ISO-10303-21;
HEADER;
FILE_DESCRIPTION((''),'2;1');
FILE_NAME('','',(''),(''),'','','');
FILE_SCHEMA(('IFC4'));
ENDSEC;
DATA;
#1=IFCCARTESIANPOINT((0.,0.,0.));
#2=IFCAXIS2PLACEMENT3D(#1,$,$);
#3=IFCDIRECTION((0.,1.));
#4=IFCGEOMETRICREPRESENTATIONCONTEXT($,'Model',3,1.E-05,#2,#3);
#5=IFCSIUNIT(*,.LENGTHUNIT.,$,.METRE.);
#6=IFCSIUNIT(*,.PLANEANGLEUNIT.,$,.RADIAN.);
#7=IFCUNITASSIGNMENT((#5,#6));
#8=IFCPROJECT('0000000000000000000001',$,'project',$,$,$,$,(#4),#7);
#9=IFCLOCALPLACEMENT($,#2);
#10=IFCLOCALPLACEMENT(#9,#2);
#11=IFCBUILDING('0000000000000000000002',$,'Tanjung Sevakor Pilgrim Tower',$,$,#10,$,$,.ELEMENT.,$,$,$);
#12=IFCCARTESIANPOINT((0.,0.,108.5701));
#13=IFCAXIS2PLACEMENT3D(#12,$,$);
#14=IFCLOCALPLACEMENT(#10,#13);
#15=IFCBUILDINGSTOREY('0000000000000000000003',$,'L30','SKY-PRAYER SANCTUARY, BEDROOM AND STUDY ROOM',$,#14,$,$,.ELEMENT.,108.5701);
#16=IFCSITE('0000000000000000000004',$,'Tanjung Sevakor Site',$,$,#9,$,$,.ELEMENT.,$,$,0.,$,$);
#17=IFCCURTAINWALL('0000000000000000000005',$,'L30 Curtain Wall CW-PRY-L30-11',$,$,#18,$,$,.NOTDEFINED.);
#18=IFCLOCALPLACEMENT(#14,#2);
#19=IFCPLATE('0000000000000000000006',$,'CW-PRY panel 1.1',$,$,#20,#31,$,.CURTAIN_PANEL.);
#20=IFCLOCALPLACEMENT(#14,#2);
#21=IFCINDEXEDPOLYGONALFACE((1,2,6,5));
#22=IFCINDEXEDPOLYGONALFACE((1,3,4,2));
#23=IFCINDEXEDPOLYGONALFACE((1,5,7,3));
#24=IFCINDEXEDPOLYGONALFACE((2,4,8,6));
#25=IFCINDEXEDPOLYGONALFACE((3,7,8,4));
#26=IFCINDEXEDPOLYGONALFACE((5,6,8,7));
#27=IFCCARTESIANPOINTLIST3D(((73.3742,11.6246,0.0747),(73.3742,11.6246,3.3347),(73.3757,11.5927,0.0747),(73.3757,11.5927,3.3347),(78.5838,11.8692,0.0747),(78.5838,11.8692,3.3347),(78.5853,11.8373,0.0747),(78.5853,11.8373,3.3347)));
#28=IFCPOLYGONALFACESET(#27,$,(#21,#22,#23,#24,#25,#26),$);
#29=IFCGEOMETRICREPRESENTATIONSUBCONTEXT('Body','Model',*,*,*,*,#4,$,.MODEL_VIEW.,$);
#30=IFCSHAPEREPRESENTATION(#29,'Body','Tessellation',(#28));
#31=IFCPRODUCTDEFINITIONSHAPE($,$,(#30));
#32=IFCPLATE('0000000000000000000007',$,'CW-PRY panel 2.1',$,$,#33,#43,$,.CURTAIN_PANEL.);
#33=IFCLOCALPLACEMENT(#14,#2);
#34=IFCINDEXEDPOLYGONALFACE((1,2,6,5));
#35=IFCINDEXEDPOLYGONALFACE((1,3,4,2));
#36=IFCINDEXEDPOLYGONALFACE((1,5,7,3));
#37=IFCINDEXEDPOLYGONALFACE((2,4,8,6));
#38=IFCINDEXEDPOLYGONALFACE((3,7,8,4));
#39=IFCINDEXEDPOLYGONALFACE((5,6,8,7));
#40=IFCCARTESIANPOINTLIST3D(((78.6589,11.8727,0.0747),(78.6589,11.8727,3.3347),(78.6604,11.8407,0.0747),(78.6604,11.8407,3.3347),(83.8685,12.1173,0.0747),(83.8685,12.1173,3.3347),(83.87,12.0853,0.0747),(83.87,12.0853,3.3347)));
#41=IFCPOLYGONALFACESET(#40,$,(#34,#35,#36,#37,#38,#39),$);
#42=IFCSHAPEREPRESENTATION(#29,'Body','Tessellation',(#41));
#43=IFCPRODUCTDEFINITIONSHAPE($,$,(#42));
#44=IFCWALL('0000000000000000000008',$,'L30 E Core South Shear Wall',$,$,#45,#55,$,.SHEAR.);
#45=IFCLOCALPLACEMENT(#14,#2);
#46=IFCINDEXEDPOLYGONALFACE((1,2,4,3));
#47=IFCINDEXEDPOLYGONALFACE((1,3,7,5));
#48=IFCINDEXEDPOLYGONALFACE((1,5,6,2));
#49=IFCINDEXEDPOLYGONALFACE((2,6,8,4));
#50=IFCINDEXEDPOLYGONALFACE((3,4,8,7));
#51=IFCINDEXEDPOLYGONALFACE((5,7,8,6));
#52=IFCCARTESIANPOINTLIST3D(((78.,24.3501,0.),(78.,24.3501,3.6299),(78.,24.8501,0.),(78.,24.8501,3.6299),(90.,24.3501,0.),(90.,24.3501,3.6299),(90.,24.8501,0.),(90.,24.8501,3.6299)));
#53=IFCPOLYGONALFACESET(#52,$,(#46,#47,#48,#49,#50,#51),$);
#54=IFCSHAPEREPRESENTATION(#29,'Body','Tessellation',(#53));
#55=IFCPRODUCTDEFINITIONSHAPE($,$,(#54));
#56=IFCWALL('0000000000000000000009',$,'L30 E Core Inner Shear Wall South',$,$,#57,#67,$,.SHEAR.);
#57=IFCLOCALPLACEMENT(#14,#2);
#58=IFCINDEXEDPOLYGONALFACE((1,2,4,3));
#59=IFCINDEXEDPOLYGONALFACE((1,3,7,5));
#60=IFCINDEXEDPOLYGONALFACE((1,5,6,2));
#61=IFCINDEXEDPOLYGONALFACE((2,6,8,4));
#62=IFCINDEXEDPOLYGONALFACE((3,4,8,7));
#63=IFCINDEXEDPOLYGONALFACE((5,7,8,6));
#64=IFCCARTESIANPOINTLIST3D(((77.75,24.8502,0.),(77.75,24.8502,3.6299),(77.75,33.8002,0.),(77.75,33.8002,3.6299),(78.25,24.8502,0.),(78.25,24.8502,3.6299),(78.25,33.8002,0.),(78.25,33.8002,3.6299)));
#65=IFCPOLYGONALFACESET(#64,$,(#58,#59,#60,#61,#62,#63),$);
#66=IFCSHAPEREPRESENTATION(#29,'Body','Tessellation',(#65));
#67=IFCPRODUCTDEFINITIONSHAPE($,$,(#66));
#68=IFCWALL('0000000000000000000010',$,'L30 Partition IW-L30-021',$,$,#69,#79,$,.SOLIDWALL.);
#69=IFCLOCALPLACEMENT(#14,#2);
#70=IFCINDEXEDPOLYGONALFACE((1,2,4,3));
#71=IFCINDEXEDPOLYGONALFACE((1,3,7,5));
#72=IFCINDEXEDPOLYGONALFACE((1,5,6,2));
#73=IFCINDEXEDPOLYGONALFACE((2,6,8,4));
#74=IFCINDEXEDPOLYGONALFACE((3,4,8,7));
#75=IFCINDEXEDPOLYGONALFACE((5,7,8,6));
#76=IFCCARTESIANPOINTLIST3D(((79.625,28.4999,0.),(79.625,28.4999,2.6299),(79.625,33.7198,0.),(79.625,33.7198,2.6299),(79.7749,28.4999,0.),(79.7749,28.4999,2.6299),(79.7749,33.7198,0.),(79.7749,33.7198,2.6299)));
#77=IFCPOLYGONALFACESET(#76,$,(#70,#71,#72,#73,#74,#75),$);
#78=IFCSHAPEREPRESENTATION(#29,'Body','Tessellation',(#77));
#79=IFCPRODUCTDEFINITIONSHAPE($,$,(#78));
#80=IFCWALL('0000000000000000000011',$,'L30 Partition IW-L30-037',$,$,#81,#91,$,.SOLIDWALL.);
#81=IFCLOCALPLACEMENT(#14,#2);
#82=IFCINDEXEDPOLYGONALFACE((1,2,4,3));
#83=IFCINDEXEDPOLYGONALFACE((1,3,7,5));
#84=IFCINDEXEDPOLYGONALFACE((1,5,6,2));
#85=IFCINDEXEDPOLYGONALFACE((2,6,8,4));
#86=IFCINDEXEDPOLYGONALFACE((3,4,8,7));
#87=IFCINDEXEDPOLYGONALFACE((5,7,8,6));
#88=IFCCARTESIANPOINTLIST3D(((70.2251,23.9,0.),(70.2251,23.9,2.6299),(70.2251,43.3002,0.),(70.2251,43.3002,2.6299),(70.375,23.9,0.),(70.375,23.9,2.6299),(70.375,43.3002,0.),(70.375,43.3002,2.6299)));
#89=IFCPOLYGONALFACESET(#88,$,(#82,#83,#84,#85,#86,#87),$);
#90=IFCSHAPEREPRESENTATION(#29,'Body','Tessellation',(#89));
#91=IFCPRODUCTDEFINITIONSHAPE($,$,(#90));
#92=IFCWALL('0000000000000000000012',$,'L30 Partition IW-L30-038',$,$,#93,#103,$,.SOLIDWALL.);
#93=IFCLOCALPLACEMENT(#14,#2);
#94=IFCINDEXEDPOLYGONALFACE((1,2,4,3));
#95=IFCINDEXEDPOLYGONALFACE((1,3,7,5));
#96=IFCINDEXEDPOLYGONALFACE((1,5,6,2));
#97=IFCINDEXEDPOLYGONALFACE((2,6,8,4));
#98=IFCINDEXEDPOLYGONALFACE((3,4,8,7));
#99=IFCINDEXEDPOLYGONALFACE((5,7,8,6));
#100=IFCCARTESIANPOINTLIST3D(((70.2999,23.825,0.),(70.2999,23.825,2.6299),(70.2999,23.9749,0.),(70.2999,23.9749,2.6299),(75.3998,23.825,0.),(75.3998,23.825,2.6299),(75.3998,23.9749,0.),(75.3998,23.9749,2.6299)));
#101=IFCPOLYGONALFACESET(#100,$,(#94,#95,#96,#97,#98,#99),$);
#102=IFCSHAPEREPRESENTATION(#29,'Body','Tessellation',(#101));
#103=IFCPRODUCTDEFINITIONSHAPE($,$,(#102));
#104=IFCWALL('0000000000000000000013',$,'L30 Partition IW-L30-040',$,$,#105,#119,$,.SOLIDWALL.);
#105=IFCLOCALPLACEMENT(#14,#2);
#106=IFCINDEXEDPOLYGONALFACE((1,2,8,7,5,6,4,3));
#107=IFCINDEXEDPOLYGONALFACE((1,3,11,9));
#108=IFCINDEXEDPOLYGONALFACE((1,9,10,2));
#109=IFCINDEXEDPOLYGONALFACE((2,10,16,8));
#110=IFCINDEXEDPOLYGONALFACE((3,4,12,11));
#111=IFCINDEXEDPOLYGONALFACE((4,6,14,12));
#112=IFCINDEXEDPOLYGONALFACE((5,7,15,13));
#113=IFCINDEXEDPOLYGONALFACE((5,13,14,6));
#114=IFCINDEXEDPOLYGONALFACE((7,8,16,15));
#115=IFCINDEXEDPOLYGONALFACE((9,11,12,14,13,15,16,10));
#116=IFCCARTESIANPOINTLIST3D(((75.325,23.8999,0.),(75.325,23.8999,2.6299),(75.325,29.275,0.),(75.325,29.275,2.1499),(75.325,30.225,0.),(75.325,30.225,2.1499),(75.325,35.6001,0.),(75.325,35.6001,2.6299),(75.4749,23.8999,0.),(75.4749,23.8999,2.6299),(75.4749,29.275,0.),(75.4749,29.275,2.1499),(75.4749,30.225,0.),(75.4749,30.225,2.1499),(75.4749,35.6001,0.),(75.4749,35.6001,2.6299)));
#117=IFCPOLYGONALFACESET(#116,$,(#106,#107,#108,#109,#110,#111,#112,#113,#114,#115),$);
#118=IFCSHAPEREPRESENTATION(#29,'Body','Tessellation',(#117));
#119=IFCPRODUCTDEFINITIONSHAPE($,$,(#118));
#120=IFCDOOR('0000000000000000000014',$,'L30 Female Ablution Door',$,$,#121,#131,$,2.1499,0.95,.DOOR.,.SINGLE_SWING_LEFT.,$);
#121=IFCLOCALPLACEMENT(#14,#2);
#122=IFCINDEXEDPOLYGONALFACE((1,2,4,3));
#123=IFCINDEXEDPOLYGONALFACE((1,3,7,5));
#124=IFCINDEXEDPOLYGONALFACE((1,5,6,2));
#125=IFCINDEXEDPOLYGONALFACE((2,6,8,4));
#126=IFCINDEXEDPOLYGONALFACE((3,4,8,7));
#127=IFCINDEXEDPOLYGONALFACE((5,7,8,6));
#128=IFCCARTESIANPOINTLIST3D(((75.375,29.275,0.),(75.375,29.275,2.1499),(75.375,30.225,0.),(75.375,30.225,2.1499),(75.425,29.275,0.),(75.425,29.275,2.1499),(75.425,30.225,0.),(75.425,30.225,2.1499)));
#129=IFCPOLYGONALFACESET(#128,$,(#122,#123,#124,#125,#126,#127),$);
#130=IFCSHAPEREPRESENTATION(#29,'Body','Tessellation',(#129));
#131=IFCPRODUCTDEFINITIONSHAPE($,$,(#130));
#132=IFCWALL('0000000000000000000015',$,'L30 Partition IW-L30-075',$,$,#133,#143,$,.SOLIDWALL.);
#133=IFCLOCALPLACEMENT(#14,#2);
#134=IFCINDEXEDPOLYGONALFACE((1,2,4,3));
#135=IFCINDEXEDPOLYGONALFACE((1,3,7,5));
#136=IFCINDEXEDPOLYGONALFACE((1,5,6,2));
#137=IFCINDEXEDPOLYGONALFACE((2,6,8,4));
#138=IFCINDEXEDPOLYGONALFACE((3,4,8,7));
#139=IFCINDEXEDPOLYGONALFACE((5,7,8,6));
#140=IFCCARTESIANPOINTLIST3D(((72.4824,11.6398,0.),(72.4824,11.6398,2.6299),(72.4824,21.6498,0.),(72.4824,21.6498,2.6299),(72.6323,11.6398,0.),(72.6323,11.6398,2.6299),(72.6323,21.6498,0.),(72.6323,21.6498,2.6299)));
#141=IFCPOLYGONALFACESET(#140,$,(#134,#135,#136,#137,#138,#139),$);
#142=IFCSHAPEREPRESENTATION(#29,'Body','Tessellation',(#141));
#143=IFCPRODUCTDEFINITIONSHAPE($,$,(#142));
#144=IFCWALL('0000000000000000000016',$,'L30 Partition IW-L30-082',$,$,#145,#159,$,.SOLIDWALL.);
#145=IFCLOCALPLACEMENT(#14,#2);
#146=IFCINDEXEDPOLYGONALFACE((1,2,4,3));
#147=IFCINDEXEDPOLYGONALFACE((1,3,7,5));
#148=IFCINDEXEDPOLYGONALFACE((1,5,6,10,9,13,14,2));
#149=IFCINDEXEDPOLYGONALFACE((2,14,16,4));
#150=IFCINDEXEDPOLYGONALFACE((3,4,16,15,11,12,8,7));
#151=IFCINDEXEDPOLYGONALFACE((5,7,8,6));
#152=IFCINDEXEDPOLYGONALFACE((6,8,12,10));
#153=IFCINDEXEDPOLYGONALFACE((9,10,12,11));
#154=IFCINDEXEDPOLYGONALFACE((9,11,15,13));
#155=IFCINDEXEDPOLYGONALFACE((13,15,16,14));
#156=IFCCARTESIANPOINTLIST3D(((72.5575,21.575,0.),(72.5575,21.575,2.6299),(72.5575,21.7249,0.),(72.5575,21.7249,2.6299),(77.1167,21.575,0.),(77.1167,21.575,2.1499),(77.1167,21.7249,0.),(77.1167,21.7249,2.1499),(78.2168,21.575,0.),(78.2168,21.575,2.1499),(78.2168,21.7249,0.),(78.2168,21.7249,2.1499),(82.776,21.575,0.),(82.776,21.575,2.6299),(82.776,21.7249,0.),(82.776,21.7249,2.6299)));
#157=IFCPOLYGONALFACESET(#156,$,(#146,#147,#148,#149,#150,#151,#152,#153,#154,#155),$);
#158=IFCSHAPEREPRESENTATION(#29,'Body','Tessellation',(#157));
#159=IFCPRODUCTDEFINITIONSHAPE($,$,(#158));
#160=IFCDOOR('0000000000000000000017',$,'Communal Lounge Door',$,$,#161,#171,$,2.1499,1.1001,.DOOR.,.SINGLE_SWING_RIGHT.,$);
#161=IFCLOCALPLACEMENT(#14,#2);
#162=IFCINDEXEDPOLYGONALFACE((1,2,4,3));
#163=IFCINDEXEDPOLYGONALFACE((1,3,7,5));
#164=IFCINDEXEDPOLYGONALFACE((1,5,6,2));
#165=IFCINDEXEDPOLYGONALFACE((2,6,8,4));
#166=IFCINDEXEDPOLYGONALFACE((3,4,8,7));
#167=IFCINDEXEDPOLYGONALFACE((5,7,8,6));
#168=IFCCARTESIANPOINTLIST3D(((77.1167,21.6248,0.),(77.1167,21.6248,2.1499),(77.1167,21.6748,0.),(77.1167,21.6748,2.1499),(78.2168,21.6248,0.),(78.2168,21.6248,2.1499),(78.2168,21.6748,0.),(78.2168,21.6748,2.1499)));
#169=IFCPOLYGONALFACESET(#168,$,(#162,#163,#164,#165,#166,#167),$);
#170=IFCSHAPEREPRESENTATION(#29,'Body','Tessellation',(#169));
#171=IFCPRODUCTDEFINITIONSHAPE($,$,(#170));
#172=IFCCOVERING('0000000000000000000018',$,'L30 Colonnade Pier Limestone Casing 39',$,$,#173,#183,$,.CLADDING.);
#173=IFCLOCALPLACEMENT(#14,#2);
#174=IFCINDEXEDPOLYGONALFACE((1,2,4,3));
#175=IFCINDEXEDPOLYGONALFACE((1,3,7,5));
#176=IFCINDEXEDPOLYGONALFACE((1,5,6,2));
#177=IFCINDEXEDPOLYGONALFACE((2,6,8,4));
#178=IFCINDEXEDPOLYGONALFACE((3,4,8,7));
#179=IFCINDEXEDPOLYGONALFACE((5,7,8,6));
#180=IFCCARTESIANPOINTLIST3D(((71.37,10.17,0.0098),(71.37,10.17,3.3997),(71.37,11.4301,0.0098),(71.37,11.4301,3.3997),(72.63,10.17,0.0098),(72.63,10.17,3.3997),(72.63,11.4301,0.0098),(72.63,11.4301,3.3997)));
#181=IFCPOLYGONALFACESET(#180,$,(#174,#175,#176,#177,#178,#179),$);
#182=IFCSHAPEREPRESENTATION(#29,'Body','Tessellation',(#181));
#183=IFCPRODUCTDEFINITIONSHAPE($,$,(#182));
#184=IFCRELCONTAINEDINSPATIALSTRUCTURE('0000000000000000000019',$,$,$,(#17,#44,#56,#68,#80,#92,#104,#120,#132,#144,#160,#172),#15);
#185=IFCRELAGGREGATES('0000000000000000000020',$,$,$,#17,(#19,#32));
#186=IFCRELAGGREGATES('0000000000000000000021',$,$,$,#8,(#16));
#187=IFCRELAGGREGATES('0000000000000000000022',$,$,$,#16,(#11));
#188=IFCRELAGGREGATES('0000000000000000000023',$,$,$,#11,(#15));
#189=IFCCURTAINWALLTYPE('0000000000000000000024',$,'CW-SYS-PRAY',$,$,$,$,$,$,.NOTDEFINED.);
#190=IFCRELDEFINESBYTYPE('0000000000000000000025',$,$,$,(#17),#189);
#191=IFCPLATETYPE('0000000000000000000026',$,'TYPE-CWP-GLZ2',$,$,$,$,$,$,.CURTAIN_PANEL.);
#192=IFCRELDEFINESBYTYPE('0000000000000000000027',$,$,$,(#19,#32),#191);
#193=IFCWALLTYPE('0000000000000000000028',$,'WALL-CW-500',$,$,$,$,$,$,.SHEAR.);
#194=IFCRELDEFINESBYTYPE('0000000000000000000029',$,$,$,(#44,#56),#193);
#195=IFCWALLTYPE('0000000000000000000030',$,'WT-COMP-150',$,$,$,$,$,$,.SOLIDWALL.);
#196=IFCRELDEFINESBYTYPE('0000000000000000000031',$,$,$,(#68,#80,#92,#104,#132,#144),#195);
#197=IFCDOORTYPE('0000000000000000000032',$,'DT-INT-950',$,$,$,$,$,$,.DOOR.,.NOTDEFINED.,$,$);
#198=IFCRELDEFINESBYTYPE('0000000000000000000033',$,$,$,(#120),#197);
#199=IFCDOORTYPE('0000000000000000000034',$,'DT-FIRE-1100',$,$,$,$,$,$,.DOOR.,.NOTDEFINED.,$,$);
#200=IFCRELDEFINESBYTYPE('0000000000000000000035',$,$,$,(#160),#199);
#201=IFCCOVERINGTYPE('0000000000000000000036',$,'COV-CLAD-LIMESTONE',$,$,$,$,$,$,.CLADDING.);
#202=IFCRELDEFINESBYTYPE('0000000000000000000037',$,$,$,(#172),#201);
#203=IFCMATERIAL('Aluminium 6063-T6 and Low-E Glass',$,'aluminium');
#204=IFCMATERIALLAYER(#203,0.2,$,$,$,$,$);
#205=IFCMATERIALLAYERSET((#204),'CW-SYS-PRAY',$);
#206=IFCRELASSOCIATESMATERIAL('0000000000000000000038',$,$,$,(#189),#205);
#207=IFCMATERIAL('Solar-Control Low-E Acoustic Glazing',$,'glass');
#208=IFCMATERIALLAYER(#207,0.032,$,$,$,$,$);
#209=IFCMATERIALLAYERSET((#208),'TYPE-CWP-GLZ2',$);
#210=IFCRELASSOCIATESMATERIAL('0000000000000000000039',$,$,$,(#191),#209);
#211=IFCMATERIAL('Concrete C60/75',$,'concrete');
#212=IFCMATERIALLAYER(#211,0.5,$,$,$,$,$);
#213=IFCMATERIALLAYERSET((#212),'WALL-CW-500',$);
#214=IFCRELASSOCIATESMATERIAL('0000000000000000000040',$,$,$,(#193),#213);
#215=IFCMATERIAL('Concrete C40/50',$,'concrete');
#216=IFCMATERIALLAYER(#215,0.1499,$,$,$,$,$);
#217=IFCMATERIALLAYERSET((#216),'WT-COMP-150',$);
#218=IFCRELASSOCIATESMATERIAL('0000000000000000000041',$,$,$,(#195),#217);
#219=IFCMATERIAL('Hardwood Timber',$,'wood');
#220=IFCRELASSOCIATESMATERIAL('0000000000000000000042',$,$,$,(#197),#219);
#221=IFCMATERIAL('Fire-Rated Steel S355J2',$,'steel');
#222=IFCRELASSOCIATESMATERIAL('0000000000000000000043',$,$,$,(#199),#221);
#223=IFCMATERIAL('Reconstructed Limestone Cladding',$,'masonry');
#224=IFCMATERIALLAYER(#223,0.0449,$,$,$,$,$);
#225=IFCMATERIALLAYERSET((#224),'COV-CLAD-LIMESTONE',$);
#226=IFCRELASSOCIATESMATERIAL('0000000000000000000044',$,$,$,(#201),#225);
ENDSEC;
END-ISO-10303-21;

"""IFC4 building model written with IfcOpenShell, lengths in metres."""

from ifc_helpers import new_model, si_unit, direction, frame, frame_2d, origin, origin_2d, place, context, subcontext, project, spatial, rectangle, extrude, material, layer, layer_set, type_object, element, fill, aggregate, save


model = new_model("IFC4")

# Units and contexts
model_context = context("Model", 3, precision=1e-05, world=origin(), true_north=direction((0.0, 1.0)))
body_context = subcontext(model_context, "Body", "Model", "MODEL_VIEW")
ifc_project = project(units=[si_unit("LENGTHUNIT", "METRE"), si_unit("PLANEANGLEUNIT", "RADIAN")], contexts=[model_context])

# Site, building, storey
site_placement = place(None, origin())
site = spatial("IfcSite", under=ifc_project, at=site_placement, Name="Tanjung Sevakor Site", CompositionType="ELEMENT", RefElevation=0.0)
building_placement = place(site_placement, origin())
building = spatial("IfcBuilding", under=site, at=building_placement, Name="Tanjung Sevakor Pilgrim Tower", CompositionType="ELEMENT")
storey_placement = place(building_placement, frame((0.0, 0.0, 108.5701)))
storey = spatial("IfcBuildingStorey", under=building, at=storey_placement, Name="L30", Description="SKY-PRAYER SANCTUARY, BEDROOM AND STUDY ROOM", CompositionType="ELEMENT", Elevation=108.5701)

# Shared definitions
ifc_material_1 = material(Name="Aluminium 6063-T6 and Low-E Glass", Category="aluminium")
ifc_layer_1 = layer(ifc_material_1, 0.2)
ifc_layer_set_1 = layer_set([ifc_layer_1], Name="CW-SYS-PRAY")
curtain_wall_type = type_object("IfcCurtainWallType", Name="CW-SYS-PRAY", PredefinedType="NOTDEFINED", material=ifc_layer_set_1)

# Curtain wall
curtain_wall_1_placement = place(storey_placement, origin())
curtain_wall_1 = element("IfcCurtainWall", 1, at=curtain_wall_1_placement, inside=storey, type_object=curtain_wall_type, Name="L30 Curtain Wall CW-PRY-L30-11", PredefinedType="NOTDEFINED")

# Plates
ifc_material_2 = material(Name="Solar-Control Low-E Acoustic Glazing", Category="glass")
ifc_layer_2 = layer(ifc_material_2, 0.032)
ifc_layer_set_2 = layer_set([ifc_layer_2], Name="TYPE-CWP-GLZ2")
plate_type = type_object("IfcPlateType", Name="TYPE-CWP-GLZ2", PredefinedType="CURTAIN_PANEL", material=ifc_layer_set_2)
plate_1_placement = place(storey_placement, frame((75.9797, 11.731, 0.0747), z_axis=(0.0, 0.0, 1.0), x_axis=(0.998899, 0.046904, 0.0)))
plate_1 = element("IfcPlate", 2, at=plate_1_placement, type_object=plate_type, Name="CW-PRY panel 1.1", PredefinedType="CURTAIN_PANEL", context=body_context, shape_type="SweptSolid", body=[
    extrude(rectangle(XDim=5.2153, YDim=0.032, at=origin_2d()), origin(), (0.0, 0.0, 1.0), 3.26),
])
plate_2_placement = place(storey_placement, frame((81.2644, 11.979, 0.0747), z_axis=(0.0, 0.0, 1.0), x_axis=(0.998899, 0.046904, 0.0)))
plate_2 = element("IfcPlate", 3, at=plate_2_placement, type_object=plate_type, Name="CW-PRY panel 2.1", PredefinedType="CURTAIN_PANEL", context=body_context, shape_type="SweptSolid", body=[
    extrude(rectangle(XDim=5.2153, YDim=0.032, at=origin_2d()), origin(), (0.0, 0.0, 1.0), 3.26),
])
aggregate(curtain_wall_1, [plate_1, plate_2])

# Walls
ifc_material_3 = material(Name="Concrete C60/75", Category="concrete")
ifc_layer_3 = layer(ifc_material_3, 0.5)
ifc_layer_set_3 = layer_set([ifc_layer_3], Name="WALL-CW-500")
wall_type_1 = type_object("IfcWallType", Name="WALL-CW-500", PredefinedType="SHEAR", material=ifc_layer_set_3)
wall_1_placement = place(storey_placement, frame((78.0, 24.6001, 0.0), z_axis=(0.0, 0.0, 1.0), x_axis=(1.0, 0.0, 0.0)))
element("IfcWall", 4, at=wall_1_placement, inside=storey, type_object=wall_type_1, Name="L30 E Core South Shear Wall", PredefinedType="SHEAR", context=body_context, shape_type="SweptSolid", body=[
    extrude(rectangle(XDim=12.0, YDim=0.5, at=frame_2d((6.0, 0.0))), origin(), (0.0, 0.0, 1.0), 3.6299),
])
wall_2_placement = place(storey_placement, frame((78.0, 24.8501, 0.0), z_axis=(0.0, 0.0, 1.0), x_axis=(0.0, 1.0, 0.0)))
element("IfcWall", 5, at=wall_2_placement, inside=storey, type_object=wall_type_1, Name="L30 E Core Inner Shear Wall South", PredefinedType="SHEAR", context=body_context, shape_type="SweptSolid", body=[
    extrude(rectangle(XDim=8.95, YDim=0.5, at=frame_2d((4.4751, 0.0))), origin(), (0.0, 0.0, 1.0), 3.6299),
])
ifc_material_4 = material(Name="Concrete C40/50", Category="concrete")
ifc_layer_4 = layer(ifc_material_4, 0.1499)
ifc_layer_set_4 = layer_set([ifc_layer_4], Name="WT-COMP-150")
wall_type_2 = type_object("IfcWallType", Name="WT-COMP-150", PredefinedType="SOLIDWALL", material=ifc_layer_set_4)
wall_3_placement = place(storey_placement, frame((79.7, 28.5, 0.0), z_axis=(0.0, 0.0, 1.0), x_axis=(0.0, 1.0, 0.0)))
element("IfcWall", 6, at=wall_3_placement, inside=storey, type_object=wall_type_2, Name="L30 Partition IW-L30-021", PredefinedType="SOLIDWALL", context=body_context, shape_type="SweptSolid", body=[
    extrude(rectangle(XDim=5.22, YDim=0.1499, at=frame_2d((2.6099, 0.0))), origin(), (0.0, 0.0, 1.0), 2.6299),
])
wall_4_placement = place(storey_placement, frame((70.3, 23.8999, 0.0), z_axis=(0.0, 0.0, 1.0), x_axis=(0.0, 1.0, 0.0)))
element("IfcWall", 7, at=wall_4_placement, inside=storey, type_object=wall_type_2, Name="L30 Partition IW-L30-037", PredefinedType="SOLIDWALL", context=body_context, shape_type="SweptSolid", body=[
    extrude(rectangle(XDim=19.4001, YDim=0.1499, at=frame_2d((9.7002, 0.0))), origin(), (0.0, 0.0, 1.0), 2.6299),
])
wall_5_placement = place(storey_placement, frame((70.3, 23.8999, 0.0), z_axis=(0.0, 0.0, 1.0), x_axis=(1.0, 0.0, 0.0)))
element("IfcWall", 8, at=wall_5_placement, inside=storey, type_object=wall_type_2, Name="L30 Partition IW-L30-038", PredefinedType="SOLIDWALL", context=body_context, shape_type="SweptSolid", body=[
    extrude(rectangle(XDim=5.0999, YDim=0.1499, at=frame_2d((2.5498, 0.0))), origin(), (0.0, 0.0, 1.0), 2.6299),
])

# Wall, opening, door
wall_6_placement = place(storey_placement, frame((75.3999, 23.8999, 0.0), z_axis=(0.0, 0.0, 1.0), x_axis=(0.0, 1.0, 0.0)))
wall_6 = element("IfcWall", 9, at=wall_6_placement, inside=storey, type_object=wall_type_2, Name="L30 Partition IW-L30-040", PredefinedType="SOLIDWALL", context=body_context, shape_type="SweptSolid", body=[
    extrude(rectangle(XDim=11.7002, YDim=0.1499, at=frame_2d((5.8501, 0.0))), origin(), (0.0, 0.0, 1.0), 2.6299),
])
opening_1_placement = place(wall_6_placement, frame((5.375, 0.0, 0.0)))
opening_1 = element("IfcOpeningElement", 10, at=opening_1_placement, cuts=wall_6, PredefinedType="OPENING", context=body_context, shape_type="SweptSolid", body=[
    extrude(rectangle(XDim=0.95, YDim=2.1499, at=frame_2d((0.4751, 1.075))), frame((0.0, 0.085, 0.0), z_axis=(0.0, -1.0, 0.0), x_axis=(1.0, 0.0, 0.0)), (0.0, 0.0, 1.0), 0.1699),
])
ifc_material_5 = material(Name="Hardwood Timber", Category="wood")
door_type_1 = type_object("IfcDoorType", Name="DT-INT-950", OperationType="NOTDEFINED", PredefinedType="DOOR", material=ifc_material_5)
door_1_placement = place(opening_1_placement, origin())
door_1 = element("IfcDoor", 11, at=door_1_placement, inside=storey, type_object=door_type_1, Name="L30 Female Ablution Door", OperationType="SINGLE_SWING_LEFT", OverallHeight=2.1499, OverallWidth=0.95, PredefinedType="DOOR", context=body_context, shape_type="SweptSolid", body=[
    extrude(rectangle(XDim=0.95, YDim=2.1499, at=frame_2d((0.4751, 1.075))), frame((0.0, 0.0249, 0.0), z_axis=(0.0, -1.0, 0.0), x_axis=(1.0, 0.0, 0.0)), (0.0, 0.0, 1.0), 0.05),
])
fill(opening_1, door_1)

# Wall
wall_7_placement = place(storey_placement, frame((72.5574, 11.6399, 0.0), z_axis=(0.0, 0.0, 1.0), x_axis=(0.0, 1.0, 0.0)))
element("IfcWall", 12, at=wall_7_placement, inside=storey, type_object=wall_type_2, Name="L30 Partition IW-L30-075", PredefinedType="SOLIDWALL", context=body_context, shape_type="SweptSolid", body=[
    extrude(rectangle(XDim=10.01, YDim=0.1499, at=frame_2d((5.0049, 0.0))), origin(), (0.0, 0.0, 1.0), 2.6299),
])

# Wall, opening, door
wall_8_placement = place(storey_placement, frame((72.5574, 21.6499, 0.0), z_axis=(0.0, 0.0, 1.0), x_axis=(1.0, 0.0, 0.0)))
wall_8 = element("IfcWall", 13, at=wall_8_placement, inside=storey, type_object=wall_type_2, Name="L30 Partition IW-L30-082", PredefinedType="SOLIDWALL", context=body_context, shape_type="SweptSolid", body=[
    extrude(rectangle(XDim=10.2185, YDim=0.1499, at=frame_2d((5.1094, 0.0))), origin(), (0.0, 0.0, 1.0), 2.6299),
])
opening_2_placement = place(wall_8_placement, frame((4.5593, 0.0, 0.0)))
opening_2 = element("IfcOpeningElement", 14, at=opening_2_placement, cuts=wall_8, PredefinedType="OPENING", context=body_context, shape_type="SweptSolid", body=[
    extrude(rectangle(XDim=1.1001, YDim=2.1499, at=frame_2d((0.55, 1.075))), frame((0.0, 0.085, 0.0), z_axis=(0.0, -1.0, 0.0), x_axis=(1.0, 0.0, 0.0)), (0.0, 0.0, 1.0), 0.1699),
])
ifc_material_6 = material(Name="Fire-Rated Steel S355J2", Category="steel")
door_type_2 = type_object("IfcDoorType", Name="DT-FIRE-1100", OperationType="NOTDEFINED", PredefinedType="DOOR", material=ifc_material_6)
door_2_placement = place(opening_2_placement, origin())
door_2 = element("IfcDoor", 15, at=door_2_placement, inside=storey, type_object=door_type_2, Name="Communal Lounge Door", OperationType="SINGLE_SWING_RIGHT", OverallHeight=2.1499, OverallWidth=1.1001, PredefinedType="DOOR", context=body_context, shape_type="SweptSolid", body=[
    extrude(rectangle(XDim=1.1001, YDim=2.1499, at=frame_2d((0.55, 1.075))), frame((0.0, 0.0249, 0.0), z_axis=(0.0, -1.0, 0.0), x_axis=(1.0, 0.0, 0.0)), (0.0, 0.0, 1.0), 0.05),
])
fill(opening_2, door_2)

# Covering
ifc_material_7 = material(Name="Reconstructed Limestone Cladding", Category="masonry")
ifc_layer_5 = layer(ifc_material_7, 0.0449)
ifc_layer_set_5 = layer_set([ifc_layer_5], Name="COV-CLAD-LIMESTONE")
covering_type = type_object("IfcCoveringType", Name="COV-CLAD-LIMESTONE", PredefinedType="CLADDING", material=ifc_layer_set_5)
for number, where, z_axis, x_axis, name in (
    (16, (72.0, 10.8, 0.0098), (0.0, 0.0, 1.0), (1.0, 0.0, 0.0), "L30 Colonnade Pier Limestone Casing 39"),
):
    element("IfcCovering", number, at=place(storey_placement, frame(where, z_axis=z_axis, x_axis=x_axis)), inside=storey, type_object=covering_type, Name=name, PredefinedType="CLADDING", context=body_context, shape_type="SweptSolid", body=[
        extrude(rectangle(XDim=1.26, YDim=1.26, at=origin_2d()), origin(), (0.0, 0.0, 1.0), 3.3899),
    ])

save(model, "model.ifc")
